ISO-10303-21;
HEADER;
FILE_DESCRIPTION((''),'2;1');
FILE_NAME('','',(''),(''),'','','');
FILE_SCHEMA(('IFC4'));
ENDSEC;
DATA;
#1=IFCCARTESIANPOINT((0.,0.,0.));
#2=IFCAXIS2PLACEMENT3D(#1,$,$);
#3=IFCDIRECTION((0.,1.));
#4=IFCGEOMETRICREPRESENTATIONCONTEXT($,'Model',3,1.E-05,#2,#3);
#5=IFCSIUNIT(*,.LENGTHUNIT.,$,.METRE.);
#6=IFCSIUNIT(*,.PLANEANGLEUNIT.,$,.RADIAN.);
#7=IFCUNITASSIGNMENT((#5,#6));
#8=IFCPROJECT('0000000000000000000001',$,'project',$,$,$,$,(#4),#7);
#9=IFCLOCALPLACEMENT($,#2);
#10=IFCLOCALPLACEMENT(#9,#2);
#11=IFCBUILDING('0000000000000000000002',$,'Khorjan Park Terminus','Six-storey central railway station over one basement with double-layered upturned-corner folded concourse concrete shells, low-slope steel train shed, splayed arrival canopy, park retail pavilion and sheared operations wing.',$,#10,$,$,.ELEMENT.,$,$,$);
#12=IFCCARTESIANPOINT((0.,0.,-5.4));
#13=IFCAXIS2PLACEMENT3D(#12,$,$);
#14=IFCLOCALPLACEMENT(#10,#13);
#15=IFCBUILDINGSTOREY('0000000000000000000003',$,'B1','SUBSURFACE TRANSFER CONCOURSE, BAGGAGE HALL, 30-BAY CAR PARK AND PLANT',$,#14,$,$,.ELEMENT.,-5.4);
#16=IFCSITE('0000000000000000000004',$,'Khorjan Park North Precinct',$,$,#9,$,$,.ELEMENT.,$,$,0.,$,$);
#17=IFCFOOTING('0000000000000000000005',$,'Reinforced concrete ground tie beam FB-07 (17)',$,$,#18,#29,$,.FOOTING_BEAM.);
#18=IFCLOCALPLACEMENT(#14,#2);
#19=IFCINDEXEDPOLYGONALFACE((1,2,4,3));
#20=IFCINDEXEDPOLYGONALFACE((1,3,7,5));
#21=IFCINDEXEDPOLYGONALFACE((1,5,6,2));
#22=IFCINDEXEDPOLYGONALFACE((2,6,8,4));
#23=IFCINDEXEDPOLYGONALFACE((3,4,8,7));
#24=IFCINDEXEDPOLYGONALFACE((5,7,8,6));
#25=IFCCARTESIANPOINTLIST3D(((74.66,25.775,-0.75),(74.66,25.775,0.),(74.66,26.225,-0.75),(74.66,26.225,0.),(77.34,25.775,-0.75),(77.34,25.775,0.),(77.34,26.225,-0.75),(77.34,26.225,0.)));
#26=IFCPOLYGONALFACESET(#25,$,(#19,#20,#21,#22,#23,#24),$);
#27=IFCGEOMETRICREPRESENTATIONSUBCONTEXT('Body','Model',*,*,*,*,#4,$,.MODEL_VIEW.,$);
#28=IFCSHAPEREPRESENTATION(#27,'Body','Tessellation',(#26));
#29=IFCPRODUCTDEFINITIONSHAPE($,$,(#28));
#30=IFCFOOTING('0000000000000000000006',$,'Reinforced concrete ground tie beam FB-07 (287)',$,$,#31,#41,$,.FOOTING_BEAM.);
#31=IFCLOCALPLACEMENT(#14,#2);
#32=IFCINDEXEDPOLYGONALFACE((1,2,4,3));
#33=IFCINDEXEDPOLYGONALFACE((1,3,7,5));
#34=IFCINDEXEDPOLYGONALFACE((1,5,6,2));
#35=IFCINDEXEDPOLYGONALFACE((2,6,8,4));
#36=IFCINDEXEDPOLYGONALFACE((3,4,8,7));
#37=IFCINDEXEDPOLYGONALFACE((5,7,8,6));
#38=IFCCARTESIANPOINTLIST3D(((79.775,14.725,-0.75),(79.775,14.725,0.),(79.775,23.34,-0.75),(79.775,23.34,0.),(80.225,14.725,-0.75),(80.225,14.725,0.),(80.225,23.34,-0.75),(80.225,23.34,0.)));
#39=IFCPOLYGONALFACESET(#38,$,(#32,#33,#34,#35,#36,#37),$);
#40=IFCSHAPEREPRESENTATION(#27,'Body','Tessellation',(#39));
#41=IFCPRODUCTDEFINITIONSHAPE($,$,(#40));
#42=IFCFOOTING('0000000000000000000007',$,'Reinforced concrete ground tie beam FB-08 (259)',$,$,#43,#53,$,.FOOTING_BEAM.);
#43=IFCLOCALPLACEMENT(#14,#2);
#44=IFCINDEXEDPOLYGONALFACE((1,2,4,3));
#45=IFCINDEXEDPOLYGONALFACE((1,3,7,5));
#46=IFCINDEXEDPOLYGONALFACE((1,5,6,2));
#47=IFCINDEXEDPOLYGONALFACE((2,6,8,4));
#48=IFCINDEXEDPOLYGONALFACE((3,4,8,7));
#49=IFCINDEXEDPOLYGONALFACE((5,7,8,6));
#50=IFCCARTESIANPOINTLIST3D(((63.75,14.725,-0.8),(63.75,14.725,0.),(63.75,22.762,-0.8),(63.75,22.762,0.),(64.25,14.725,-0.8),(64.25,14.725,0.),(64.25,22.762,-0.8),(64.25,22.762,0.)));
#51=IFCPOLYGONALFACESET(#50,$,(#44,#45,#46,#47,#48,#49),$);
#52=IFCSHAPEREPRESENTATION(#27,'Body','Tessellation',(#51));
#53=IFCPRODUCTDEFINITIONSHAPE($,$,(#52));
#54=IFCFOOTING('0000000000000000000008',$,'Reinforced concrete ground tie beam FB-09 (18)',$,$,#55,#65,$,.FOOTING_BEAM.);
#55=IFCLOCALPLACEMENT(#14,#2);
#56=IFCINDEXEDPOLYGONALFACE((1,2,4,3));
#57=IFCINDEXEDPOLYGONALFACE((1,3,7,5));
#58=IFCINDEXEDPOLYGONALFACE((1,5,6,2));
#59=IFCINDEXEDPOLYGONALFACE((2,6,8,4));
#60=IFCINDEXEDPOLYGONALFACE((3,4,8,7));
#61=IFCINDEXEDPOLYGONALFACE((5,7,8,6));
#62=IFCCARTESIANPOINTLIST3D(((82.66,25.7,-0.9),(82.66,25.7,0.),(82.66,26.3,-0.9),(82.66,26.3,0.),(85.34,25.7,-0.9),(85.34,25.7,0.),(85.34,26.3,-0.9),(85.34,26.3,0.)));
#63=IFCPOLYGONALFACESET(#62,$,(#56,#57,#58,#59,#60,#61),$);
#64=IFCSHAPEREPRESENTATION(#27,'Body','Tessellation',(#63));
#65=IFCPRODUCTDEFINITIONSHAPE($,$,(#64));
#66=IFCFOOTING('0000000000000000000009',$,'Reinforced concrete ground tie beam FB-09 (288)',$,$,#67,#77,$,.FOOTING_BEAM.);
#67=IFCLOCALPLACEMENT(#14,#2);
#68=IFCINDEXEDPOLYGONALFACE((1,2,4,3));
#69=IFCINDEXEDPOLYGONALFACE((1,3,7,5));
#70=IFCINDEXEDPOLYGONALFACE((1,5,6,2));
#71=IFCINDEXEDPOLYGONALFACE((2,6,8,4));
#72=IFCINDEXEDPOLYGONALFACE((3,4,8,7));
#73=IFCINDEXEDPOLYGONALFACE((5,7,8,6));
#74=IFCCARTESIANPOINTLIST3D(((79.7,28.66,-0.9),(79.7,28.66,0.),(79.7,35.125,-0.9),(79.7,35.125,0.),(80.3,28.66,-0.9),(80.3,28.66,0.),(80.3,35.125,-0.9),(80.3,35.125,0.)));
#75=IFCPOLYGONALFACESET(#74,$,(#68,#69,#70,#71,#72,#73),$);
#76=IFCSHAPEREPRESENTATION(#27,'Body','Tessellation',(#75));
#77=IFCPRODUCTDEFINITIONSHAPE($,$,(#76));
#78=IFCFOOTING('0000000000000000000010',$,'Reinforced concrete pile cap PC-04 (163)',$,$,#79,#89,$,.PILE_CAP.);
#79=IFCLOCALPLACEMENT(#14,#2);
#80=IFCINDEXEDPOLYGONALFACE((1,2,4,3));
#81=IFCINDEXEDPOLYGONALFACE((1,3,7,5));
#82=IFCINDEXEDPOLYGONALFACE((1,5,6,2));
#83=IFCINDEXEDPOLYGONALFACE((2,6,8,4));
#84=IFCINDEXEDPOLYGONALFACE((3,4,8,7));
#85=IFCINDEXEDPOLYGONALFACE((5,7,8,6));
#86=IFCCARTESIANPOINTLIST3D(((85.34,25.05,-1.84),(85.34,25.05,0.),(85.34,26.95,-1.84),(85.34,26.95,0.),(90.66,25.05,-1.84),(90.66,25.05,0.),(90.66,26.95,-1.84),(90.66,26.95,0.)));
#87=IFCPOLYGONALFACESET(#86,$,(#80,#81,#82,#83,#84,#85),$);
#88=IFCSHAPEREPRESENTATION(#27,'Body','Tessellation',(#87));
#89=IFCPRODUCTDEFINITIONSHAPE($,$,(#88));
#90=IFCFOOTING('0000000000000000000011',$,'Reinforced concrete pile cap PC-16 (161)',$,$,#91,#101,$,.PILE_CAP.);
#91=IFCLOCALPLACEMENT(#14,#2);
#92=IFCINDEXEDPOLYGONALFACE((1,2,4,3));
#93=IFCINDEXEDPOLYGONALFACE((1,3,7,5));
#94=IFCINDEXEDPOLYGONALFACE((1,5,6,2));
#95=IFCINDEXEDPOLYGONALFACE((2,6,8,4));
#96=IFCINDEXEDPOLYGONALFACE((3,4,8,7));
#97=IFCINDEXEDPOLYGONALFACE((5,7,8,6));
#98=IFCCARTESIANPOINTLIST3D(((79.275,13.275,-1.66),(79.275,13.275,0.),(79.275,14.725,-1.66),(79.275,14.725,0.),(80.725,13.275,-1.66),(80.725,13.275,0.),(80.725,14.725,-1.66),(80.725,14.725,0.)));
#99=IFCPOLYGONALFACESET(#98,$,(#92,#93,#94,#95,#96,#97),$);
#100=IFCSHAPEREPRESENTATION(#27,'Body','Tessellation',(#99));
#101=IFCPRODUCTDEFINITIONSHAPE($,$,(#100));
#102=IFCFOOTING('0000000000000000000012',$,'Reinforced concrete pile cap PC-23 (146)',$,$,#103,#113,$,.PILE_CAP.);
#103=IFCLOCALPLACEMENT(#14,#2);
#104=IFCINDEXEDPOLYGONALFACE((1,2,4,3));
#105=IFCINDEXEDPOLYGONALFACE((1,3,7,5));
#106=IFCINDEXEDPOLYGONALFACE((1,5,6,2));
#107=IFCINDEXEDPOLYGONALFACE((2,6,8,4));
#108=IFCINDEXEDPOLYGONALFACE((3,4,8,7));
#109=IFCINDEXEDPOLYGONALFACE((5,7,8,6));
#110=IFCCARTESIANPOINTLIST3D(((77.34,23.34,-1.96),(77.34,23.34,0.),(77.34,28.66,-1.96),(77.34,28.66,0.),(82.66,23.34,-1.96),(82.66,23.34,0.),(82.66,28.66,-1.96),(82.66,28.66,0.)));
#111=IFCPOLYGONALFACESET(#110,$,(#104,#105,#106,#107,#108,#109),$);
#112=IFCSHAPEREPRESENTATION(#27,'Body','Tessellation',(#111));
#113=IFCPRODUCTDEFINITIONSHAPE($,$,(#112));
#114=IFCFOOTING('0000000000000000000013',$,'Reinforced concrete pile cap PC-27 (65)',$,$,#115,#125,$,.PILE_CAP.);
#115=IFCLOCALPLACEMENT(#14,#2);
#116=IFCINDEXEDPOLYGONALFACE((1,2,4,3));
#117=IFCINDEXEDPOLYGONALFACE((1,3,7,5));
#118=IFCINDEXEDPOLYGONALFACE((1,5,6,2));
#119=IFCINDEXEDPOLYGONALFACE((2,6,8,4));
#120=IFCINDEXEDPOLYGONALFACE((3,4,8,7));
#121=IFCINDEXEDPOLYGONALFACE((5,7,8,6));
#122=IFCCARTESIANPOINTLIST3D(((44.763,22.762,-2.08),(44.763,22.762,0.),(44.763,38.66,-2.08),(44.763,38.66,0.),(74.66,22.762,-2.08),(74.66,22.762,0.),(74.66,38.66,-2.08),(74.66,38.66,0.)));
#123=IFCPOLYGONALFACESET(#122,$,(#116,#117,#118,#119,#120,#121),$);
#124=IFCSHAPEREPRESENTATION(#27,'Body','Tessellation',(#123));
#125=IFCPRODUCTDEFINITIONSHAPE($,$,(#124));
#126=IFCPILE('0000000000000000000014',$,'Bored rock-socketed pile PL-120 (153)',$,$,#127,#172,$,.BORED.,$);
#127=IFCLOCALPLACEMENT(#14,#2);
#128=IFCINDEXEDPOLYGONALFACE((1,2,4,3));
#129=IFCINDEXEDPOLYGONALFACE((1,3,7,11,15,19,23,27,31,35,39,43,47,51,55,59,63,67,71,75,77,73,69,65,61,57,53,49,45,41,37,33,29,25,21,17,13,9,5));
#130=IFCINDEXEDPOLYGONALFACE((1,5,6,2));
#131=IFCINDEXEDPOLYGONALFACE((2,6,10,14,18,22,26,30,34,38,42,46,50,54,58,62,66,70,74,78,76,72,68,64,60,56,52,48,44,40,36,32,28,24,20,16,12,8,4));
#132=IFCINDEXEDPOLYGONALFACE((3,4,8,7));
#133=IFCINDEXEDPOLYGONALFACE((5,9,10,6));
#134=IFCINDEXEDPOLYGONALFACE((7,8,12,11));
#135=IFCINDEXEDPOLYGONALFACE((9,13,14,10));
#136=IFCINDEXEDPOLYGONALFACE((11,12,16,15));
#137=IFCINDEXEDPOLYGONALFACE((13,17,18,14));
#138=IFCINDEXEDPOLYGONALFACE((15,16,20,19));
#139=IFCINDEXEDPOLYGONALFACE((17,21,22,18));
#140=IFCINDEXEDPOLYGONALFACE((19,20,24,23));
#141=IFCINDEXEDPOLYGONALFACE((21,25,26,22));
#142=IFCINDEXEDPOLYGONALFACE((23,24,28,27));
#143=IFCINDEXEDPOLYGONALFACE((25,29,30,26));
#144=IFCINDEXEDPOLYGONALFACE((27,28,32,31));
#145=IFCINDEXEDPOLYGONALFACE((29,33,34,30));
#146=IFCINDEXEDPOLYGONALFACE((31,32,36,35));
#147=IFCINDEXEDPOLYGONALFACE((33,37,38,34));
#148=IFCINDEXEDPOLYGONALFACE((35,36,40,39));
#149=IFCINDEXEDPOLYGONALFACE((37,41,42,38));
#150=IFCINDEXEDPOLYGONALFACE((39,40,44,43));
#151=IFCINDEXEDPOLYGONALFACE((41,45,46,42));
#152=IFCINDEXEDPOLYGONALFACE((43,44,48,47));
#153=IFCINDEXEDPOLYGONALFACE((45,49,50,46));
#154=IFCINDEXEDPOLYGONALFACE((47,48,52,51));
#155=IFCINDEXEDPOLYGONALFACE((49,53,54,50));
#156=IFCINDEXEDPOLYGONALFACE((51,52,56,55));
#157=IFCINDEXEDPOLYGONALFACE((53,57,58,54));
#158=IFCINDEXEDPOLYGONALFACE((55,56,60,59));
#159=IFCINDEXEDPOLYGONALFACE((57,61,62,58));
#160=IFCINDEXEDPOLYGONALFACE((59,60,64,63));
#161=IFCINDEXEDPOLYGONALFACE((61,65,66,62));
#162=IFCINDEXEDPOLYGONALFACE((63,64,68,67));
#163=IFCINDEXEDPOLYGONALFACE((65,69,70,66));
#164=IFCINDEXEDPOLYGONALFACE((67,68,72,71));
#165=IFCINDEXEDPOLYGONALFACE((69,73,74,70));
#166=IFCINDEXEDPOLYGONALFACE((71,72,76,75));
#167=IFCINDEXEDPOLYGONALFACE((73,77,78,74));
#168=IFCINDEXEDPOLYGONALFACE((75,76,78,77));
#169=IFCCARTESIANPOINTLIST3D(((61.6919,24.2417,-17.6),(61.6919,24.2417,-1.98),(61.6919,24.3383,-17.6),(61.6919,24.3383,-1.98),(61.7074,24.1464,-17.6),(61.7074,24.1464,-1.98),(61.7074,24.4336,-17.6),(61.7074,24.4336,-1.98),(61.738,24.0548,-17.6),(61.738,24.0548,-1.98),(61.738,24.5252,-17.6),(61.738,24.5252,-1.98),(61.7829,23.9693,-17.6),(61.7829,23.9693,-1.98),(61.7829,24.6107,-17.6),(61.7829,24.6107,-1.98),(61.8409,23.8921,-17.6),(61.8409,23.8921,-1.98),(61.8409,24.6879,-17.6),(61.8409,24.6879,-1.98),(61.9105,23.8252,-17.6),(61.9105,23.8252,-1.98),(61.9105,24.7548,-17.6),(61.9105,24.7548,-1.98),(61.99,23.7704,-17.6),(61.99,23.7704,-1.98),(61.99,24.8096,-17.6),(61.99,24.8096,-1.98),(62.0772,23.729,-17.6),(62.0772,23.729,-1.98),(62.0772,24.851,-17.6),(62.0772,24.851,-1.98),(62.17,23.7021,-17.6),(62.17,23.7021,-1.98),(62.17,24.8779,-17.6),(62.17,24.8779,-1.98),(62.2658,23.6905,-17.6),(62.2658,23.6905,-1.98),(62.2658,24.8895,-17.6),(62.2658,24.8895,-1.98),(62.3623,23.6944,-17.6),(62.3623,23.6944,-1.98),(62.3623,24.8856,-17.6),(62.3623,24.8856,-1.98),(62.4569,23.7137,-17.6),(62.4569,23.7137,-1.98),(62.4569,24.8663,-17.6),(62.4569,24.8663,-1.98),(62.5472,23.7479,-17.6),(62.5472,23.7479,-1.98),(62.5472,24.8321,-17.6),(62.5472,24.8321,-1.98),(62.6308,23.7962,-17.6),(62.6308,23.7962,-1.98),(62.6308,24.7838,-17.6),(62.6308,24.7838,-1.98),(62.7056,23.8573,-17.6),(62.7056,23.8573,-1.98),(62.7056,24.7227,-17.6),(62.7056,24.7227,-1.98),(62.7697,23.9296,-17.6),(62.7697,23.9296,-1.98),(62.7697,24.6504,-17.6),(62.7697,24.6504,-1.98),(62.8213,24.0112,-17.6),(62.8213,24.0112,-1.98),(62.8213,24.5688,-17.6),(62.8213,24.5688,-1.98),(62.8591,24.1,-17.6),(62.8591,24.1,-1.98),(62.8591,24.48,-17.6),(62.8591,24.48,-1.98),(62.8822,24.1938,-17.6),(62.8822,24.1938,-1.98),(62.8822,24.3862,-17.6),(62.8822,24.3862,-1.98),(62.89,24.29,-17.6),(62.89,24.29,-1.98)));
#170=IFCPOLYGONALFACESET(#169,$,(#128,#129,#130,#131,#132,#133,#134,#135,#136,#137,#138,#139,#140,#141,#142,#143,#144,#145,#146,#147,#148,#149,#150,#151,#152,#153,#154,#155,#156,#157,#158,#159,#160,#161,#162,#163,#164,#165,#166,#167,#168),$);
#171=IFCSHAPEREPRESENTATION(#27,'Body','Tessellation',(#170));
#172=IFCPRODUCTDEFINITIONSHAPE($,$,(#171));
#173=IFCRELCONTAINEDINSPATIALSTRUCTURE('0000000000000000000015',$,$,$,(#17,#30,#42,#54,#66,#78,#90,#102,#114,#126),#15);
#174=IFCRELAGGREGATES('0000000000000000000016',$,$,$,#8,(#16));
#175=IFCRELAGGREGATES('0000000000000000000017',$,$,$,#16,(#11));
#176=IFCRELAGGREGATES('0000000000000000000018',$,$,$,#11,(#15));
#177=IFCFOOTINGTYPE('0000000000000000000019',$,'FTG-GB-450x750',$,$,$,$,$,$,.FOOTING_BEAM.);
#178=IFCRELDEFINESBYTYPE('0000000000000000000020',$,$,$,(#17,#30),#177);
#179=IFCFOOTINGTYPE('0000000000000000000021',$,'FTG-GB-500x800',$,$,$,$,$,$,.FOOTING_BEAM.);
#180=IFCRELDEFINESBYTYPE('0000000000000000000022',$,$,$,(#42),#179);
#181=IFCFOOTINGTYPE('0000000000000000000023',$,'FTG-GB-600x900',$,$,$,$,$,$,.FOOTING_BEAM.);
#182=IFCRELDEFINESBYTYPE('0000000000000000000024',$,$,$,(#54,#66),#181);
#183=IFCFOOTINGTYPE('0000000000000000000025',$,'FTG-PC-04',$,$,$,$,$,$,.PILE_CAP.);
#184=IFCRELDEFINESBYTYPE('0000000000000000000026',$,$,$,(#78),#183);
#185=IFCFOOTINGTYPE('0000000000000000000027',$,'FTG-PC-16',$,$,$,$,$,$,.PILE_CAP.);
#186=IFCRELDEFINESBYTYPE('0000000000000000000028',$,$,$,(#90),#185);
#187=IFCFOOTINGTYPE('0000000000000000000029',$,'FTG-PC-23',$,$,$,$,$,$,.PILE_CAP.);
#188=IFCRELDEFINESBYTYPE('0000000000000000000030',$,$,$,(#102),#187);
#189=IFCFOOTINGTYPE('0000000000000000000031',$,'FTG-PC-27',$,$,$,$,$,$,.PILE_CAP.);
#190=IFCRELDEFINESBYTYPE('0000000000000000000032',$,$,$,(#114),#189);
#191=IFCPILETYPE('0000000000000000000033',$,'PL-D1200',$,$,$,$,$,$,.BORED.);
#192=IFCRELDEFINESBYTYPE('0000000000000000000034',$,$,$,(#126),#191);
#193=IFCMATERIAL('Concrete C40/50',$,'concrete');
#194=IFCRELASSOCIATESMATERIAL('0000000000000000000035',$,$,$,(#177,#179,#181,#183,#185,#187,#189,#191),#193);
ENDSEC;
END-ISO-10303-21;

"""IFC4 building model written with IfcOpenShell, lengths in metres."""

from ifc_helpers import new_model, si_unit, direction, frame, origin, origin_2d, place, context, subcontext, project, spatial, rectangle, circle, extrude, material, material_profile, profile_set, type_object, element, save


model = new_model("IFC4")

# Units and contexts
model_context = context("Model", 3, precision=1e-05, world=origin(), true_north=direction((0.0, 1.0)))
body_context = subcontext(model_context, "Body", "Model", "MODEL_VIEW")
ifc_project = project(units=[si_unit("LENGTHUNIT", "METRE"), si_unit("PLANEANGLEUNIT", "RADIAN")], contexts=[model_context])

# Site, building, storey
site_placement = place(None, origin())
site = spatial("IfcSite", under=ifc_project, at=site_placement, Name="Khorjan Park North Precinct", CompositionType="ELEMENT", RefElevation=0.0)
building_placement = place(site_placement, origin())
building = spatial("IfcBuilding", under=site, at=building_placement, Name="Khorjan Park Terminus", Description="Six-storey central railway station over one basement with double-layered upturned-corner folded concourse concrete shells, low-slope steel train shed, splayed arrival canopy, park retail pavilion and sheared operations wing.", CompositionType="ELEMENT")
storey_placement = place(building_placement, frame((0.0, 0.0, -5.4)))
storey = spatial("IfcBuildingStorey", under=building, at=storey_placement, Name="B1", Description="SUBSURFACE TRANSFER CONCOURSE, BAGGAGE HALL, 30-BAY CAR PARK AND PLANT", CompositionType="ELEMENT", Elevation=-5.4)

# Footings
ifc_material_1 = material(Name="Concrete C40/50", Category="concrete")
ifc_material_profile_1 = material_profile(ifc_material_1, rectangle(XDim=0.45, YDim=0.75, at=origin_2d()), Name="RC 450x750")
ifc_profile_set_1 = profile_set([ifc_material_profile_1], Name="Concrete C40/50")
footing_type_1 = type_object("IfcFootingType", Name="FTG-GB-450x750", PredefinedType="FOOTING_BEAM", material=ifc_profile_set_1)
footing_1_placement = place(storey_placement, frame((74.66, 26.0, -0.375), z_axis=(1.0, 0.0, 0.0), x_axis=(0.0, 1.0, 0.0)))
element("IfcFooting", 1, at=footing_1_placement, inside=storey, type_object=footing_type_1, Name="Reinforced concrete ground tie beam FB-07 (17)", PredefinedType="FOOTING_BEAM", context=body_context, shape_type="SweptSolid", body=[
    extrude(rectangle(XDim=0.45, YDim=0.75, at=origin_2d()), origin(), (0.0, 0.0, 1.0), 2.68),
])
footing_2_placement = place(storey_placement, frame((80.0, 14.725, -0.375), z_axis=(0.0, 1.0, 0.0), x_axis=(-1.0, 0.0, 0.0)))
element("IfcFooting", 2, at=footing_2_placement, inside=storey, type_object=footing_type_1, Name="Reinforced concrete ground tie beam FB-07 (287)", PredefinedType="FOOTING_BEAM", context=body_context, shape_type="SweptSolid", body=[
    extrude(rectangle(XDim=0.45, YDim=0.75, at=origin_2d()), origin(), (0.0, 0.0, 1.0), 8.615),
])
ifc_material_profile_2 = material_profile(ifc_material_1, rectangle(XDim=0.5, YDim=0.8, at=origin_2d()), Name="RC 500x800")
ifc_profile_set_2 = profile_set([ifc_material_profile_2], Name="Concrete C40/50")
footing_type_2 = type_object("IfcFootingType", Name="FTG-GB-500x800", PredefinedType="FOOTING_BEAM", material=ifc_profile_set_2)
footing_3_placement = place(storey_placement, frame((64.0, 14.725, -0.4), z_axis=(0.0, 1.0, 0.0), x_axis=(-1.0, 0.0, 0.0)))
element("IfcFooting", 3, at=footing_3_placement, inside=storey, type_object=footing_type_2, Name="Reinforced concrete ground tie beam FB-08 (259)", PredefinedType="FOOTING_BEAM", context=body_context, shape_type="SweptSolid", body=[
    extrude(rectangle(XDim=0.5, YDim=0.8, at=origin_2d()), origin(), (0.0, 0.0, 1.0), 8.037),
])
ifc_material_profile_3 = material_profile(ifc_material_1, rectangle(XDim=0.6, YDim=0.9, at=origin_2d()), Name="RC 600x900")
ifc_profile_set_3 = profile_set([ifc_material_profile_3], Name="Concrete C40/50")
footing_type_3 = type_object("IfcFootingType", Name="FTG-GB-600x900", PredefinedType="FOOTING_BEAM", material=ifc_profile_set_3)
footing_4_placement = place(storey_placement, frame((82.66, 26.0, -0.45), z_axis=(1.0, 0.0, 0.0), x_axis=(0.0, 1.0, 0.0)))
element("IfcFooting", 4, at=footing_4_placement, inside=storey, type_object=footing_type_3, Name="Reinforced concrete ground tie beam FB-09 (18)", PredefinedType="FOOTING_BEAM", context=body_context, shape_type="SweptSolid", body=[
    extrude(rectangle(XDim=0.6, YDim=0.9, at=origin_2d()), origin(), (0.0, 0.0, 1.0), 2.68),
])
footing_5_placement = place(storey_placement, frame((80.0, 28.66, -0.45), z_axis=(0.0, 1.0, 0.0), x_axis=(-1.0, 0.0, 0.0)))
element("IfcFooting", 5, at=footing_5_placement, inside=storey, type_object=footing_type_3, Name="Reinforced concrete ground tie beam FB-09 (288)", PredefinedType="FOOTING_BEAM", context=body_context, shape_type="SweptSolid", body=[
    extrude(rectangle(XDim=0.6, YDim=0.9, at=origin_2d()), origin(), (0.0, 0.0, 1.0), 6.465),
])
footing_type_4 = type_object("IfcFootingType", Name="FTG-PC-04", PredefinedType="PILE_CAP", material=ifc_material_1)
footing_6_placement = place(storey_placement, frame((88.0, 26.0, -1.84), z_axis=(0.0, 0.0, 1.0), x_axis=(1.0, 0.0, 0.0)))
element("IfcFooting", 6, at=footing_6_placement, inside=storey, type_object=footing_type_4, Name="Reinforced concrete pile cap PC-04 (163)", PredefinedType="PILE_CAP", context=body_context, shape_type="SweptSolid", body=[
    extrude(rectangle(XDim=5.32, YDim=1.9, at=origin_2d()), origin(), (0.0, 0.0, 1.0), 1.84),
])
footing_type_5 = type_object("IfcFootingType", Name="FTG-PC-16", PredefinedType="PILE_CAP", material=ifc_material_1)
footing_7_placement = place(storey_placement, frame((80.0, 14.0, -1.66), z_axis=(0.0, 0.0, 1.0), x_axis=(1.0, 0.0, 0.0)))
element("IfcFooting", 7, at=footing_7_placement, inside=storey, type_object=footing_type_5, Name="Reinforced concrete pile cap PC-16 (161)", PredefinedType="PILE_CAP", context=body_context, shape_type="SweptSolid", body=[
    extrude(rectangle(XDim=1.45, YDim=1.45, at=origin_2d()), origin(), (0.0, 0.0, 1.0), 1.66),
])
footing_type_6 = type_object("IfcFootingType", Name="FTG-PC-23", PredefinedType="PILE_CAP", material=ifc_material_1)
footing_8_placement = place(storey_placement, frame((80.0, 26.0, -1.96), z_axis=(0.0, 0.0, 1.0), x_axis=(1.0, 0.0, 0.0)))
element("IfcFooting", 8, at=footing_8_placement, inside=storey, type_object=footing_type_6, Name="Reinforced concrete pile cap PC-23 (146)", PredefinedType="PILE_CAP", context=body_context, shape_type="SweptSolid", body=[
    extrude(rectangle(XDim=5.32, YDim=5.32, at=origin_2d()), origin(), (0.0, 0.0, 1.0), 1.96),
])
footing_type_7 = type_object("IfcFootingType", Name="FTG-PC-27", PredefinedType="PILE_CAP", material=ifc_material_1)
footing_9_placement = place(storey_placement, frame((59.7115, 30.711, -2.08), z_axis=(0.0, 0.0, 1.0), x_axis=(1.0, 0.0, 0.0)))
element("IfcFooting", 9, at=footing_9_placement, inside=storey, type_object=footing_type_7, Name="Reinforced concrete pile cap PC-27 (65)", PredefinedType="PILE_CAP", context=body_context, shape_type="SweptSolid", body=[
    extrude(rectangle(XDim=29.897, YDim=15.898, at=origin_2d()), origin(), (0.0, 0.0, 1.0), 2.08),
])

# Pile
ifc_material_profile_4 = material_profile(ifc_material_1, circle(Radius=0.6, at=origin_2d()), Name="BORED D1200")
ifc_profile_set_4 = profile_set([ifc_material_profile_4], Name="Concrete C40/50")
pile_type_1 = type_object("IfcPileType", Name="PL-D1200", PredefinedType="BORED", material=ifc_profile_set_4)
for number, where, z_axis, x_axis, name in (
    (10, (62.29, 24.29, -1.98), (0.0, 0.0, -1.0), (1.0, 0.0, 0.0), "Bored rock-socketed pile PL-120 (153)"),
):
    element("IfcPile", number, at=place(storey_placement, frame(where, z_axis=z_axis, x_axis=x_axis)), inside=storey, type_object=pile_type_1, Name=name, PredefinedType="BORED", context=body_context, shape_type="SweptSolid", body=[
        extrude(circle(Radius=0.6, at=origin_2d()), origin(), (0.0, 0.0, 1.0), 15.62),
    ])

save(model, "model.ifc")
